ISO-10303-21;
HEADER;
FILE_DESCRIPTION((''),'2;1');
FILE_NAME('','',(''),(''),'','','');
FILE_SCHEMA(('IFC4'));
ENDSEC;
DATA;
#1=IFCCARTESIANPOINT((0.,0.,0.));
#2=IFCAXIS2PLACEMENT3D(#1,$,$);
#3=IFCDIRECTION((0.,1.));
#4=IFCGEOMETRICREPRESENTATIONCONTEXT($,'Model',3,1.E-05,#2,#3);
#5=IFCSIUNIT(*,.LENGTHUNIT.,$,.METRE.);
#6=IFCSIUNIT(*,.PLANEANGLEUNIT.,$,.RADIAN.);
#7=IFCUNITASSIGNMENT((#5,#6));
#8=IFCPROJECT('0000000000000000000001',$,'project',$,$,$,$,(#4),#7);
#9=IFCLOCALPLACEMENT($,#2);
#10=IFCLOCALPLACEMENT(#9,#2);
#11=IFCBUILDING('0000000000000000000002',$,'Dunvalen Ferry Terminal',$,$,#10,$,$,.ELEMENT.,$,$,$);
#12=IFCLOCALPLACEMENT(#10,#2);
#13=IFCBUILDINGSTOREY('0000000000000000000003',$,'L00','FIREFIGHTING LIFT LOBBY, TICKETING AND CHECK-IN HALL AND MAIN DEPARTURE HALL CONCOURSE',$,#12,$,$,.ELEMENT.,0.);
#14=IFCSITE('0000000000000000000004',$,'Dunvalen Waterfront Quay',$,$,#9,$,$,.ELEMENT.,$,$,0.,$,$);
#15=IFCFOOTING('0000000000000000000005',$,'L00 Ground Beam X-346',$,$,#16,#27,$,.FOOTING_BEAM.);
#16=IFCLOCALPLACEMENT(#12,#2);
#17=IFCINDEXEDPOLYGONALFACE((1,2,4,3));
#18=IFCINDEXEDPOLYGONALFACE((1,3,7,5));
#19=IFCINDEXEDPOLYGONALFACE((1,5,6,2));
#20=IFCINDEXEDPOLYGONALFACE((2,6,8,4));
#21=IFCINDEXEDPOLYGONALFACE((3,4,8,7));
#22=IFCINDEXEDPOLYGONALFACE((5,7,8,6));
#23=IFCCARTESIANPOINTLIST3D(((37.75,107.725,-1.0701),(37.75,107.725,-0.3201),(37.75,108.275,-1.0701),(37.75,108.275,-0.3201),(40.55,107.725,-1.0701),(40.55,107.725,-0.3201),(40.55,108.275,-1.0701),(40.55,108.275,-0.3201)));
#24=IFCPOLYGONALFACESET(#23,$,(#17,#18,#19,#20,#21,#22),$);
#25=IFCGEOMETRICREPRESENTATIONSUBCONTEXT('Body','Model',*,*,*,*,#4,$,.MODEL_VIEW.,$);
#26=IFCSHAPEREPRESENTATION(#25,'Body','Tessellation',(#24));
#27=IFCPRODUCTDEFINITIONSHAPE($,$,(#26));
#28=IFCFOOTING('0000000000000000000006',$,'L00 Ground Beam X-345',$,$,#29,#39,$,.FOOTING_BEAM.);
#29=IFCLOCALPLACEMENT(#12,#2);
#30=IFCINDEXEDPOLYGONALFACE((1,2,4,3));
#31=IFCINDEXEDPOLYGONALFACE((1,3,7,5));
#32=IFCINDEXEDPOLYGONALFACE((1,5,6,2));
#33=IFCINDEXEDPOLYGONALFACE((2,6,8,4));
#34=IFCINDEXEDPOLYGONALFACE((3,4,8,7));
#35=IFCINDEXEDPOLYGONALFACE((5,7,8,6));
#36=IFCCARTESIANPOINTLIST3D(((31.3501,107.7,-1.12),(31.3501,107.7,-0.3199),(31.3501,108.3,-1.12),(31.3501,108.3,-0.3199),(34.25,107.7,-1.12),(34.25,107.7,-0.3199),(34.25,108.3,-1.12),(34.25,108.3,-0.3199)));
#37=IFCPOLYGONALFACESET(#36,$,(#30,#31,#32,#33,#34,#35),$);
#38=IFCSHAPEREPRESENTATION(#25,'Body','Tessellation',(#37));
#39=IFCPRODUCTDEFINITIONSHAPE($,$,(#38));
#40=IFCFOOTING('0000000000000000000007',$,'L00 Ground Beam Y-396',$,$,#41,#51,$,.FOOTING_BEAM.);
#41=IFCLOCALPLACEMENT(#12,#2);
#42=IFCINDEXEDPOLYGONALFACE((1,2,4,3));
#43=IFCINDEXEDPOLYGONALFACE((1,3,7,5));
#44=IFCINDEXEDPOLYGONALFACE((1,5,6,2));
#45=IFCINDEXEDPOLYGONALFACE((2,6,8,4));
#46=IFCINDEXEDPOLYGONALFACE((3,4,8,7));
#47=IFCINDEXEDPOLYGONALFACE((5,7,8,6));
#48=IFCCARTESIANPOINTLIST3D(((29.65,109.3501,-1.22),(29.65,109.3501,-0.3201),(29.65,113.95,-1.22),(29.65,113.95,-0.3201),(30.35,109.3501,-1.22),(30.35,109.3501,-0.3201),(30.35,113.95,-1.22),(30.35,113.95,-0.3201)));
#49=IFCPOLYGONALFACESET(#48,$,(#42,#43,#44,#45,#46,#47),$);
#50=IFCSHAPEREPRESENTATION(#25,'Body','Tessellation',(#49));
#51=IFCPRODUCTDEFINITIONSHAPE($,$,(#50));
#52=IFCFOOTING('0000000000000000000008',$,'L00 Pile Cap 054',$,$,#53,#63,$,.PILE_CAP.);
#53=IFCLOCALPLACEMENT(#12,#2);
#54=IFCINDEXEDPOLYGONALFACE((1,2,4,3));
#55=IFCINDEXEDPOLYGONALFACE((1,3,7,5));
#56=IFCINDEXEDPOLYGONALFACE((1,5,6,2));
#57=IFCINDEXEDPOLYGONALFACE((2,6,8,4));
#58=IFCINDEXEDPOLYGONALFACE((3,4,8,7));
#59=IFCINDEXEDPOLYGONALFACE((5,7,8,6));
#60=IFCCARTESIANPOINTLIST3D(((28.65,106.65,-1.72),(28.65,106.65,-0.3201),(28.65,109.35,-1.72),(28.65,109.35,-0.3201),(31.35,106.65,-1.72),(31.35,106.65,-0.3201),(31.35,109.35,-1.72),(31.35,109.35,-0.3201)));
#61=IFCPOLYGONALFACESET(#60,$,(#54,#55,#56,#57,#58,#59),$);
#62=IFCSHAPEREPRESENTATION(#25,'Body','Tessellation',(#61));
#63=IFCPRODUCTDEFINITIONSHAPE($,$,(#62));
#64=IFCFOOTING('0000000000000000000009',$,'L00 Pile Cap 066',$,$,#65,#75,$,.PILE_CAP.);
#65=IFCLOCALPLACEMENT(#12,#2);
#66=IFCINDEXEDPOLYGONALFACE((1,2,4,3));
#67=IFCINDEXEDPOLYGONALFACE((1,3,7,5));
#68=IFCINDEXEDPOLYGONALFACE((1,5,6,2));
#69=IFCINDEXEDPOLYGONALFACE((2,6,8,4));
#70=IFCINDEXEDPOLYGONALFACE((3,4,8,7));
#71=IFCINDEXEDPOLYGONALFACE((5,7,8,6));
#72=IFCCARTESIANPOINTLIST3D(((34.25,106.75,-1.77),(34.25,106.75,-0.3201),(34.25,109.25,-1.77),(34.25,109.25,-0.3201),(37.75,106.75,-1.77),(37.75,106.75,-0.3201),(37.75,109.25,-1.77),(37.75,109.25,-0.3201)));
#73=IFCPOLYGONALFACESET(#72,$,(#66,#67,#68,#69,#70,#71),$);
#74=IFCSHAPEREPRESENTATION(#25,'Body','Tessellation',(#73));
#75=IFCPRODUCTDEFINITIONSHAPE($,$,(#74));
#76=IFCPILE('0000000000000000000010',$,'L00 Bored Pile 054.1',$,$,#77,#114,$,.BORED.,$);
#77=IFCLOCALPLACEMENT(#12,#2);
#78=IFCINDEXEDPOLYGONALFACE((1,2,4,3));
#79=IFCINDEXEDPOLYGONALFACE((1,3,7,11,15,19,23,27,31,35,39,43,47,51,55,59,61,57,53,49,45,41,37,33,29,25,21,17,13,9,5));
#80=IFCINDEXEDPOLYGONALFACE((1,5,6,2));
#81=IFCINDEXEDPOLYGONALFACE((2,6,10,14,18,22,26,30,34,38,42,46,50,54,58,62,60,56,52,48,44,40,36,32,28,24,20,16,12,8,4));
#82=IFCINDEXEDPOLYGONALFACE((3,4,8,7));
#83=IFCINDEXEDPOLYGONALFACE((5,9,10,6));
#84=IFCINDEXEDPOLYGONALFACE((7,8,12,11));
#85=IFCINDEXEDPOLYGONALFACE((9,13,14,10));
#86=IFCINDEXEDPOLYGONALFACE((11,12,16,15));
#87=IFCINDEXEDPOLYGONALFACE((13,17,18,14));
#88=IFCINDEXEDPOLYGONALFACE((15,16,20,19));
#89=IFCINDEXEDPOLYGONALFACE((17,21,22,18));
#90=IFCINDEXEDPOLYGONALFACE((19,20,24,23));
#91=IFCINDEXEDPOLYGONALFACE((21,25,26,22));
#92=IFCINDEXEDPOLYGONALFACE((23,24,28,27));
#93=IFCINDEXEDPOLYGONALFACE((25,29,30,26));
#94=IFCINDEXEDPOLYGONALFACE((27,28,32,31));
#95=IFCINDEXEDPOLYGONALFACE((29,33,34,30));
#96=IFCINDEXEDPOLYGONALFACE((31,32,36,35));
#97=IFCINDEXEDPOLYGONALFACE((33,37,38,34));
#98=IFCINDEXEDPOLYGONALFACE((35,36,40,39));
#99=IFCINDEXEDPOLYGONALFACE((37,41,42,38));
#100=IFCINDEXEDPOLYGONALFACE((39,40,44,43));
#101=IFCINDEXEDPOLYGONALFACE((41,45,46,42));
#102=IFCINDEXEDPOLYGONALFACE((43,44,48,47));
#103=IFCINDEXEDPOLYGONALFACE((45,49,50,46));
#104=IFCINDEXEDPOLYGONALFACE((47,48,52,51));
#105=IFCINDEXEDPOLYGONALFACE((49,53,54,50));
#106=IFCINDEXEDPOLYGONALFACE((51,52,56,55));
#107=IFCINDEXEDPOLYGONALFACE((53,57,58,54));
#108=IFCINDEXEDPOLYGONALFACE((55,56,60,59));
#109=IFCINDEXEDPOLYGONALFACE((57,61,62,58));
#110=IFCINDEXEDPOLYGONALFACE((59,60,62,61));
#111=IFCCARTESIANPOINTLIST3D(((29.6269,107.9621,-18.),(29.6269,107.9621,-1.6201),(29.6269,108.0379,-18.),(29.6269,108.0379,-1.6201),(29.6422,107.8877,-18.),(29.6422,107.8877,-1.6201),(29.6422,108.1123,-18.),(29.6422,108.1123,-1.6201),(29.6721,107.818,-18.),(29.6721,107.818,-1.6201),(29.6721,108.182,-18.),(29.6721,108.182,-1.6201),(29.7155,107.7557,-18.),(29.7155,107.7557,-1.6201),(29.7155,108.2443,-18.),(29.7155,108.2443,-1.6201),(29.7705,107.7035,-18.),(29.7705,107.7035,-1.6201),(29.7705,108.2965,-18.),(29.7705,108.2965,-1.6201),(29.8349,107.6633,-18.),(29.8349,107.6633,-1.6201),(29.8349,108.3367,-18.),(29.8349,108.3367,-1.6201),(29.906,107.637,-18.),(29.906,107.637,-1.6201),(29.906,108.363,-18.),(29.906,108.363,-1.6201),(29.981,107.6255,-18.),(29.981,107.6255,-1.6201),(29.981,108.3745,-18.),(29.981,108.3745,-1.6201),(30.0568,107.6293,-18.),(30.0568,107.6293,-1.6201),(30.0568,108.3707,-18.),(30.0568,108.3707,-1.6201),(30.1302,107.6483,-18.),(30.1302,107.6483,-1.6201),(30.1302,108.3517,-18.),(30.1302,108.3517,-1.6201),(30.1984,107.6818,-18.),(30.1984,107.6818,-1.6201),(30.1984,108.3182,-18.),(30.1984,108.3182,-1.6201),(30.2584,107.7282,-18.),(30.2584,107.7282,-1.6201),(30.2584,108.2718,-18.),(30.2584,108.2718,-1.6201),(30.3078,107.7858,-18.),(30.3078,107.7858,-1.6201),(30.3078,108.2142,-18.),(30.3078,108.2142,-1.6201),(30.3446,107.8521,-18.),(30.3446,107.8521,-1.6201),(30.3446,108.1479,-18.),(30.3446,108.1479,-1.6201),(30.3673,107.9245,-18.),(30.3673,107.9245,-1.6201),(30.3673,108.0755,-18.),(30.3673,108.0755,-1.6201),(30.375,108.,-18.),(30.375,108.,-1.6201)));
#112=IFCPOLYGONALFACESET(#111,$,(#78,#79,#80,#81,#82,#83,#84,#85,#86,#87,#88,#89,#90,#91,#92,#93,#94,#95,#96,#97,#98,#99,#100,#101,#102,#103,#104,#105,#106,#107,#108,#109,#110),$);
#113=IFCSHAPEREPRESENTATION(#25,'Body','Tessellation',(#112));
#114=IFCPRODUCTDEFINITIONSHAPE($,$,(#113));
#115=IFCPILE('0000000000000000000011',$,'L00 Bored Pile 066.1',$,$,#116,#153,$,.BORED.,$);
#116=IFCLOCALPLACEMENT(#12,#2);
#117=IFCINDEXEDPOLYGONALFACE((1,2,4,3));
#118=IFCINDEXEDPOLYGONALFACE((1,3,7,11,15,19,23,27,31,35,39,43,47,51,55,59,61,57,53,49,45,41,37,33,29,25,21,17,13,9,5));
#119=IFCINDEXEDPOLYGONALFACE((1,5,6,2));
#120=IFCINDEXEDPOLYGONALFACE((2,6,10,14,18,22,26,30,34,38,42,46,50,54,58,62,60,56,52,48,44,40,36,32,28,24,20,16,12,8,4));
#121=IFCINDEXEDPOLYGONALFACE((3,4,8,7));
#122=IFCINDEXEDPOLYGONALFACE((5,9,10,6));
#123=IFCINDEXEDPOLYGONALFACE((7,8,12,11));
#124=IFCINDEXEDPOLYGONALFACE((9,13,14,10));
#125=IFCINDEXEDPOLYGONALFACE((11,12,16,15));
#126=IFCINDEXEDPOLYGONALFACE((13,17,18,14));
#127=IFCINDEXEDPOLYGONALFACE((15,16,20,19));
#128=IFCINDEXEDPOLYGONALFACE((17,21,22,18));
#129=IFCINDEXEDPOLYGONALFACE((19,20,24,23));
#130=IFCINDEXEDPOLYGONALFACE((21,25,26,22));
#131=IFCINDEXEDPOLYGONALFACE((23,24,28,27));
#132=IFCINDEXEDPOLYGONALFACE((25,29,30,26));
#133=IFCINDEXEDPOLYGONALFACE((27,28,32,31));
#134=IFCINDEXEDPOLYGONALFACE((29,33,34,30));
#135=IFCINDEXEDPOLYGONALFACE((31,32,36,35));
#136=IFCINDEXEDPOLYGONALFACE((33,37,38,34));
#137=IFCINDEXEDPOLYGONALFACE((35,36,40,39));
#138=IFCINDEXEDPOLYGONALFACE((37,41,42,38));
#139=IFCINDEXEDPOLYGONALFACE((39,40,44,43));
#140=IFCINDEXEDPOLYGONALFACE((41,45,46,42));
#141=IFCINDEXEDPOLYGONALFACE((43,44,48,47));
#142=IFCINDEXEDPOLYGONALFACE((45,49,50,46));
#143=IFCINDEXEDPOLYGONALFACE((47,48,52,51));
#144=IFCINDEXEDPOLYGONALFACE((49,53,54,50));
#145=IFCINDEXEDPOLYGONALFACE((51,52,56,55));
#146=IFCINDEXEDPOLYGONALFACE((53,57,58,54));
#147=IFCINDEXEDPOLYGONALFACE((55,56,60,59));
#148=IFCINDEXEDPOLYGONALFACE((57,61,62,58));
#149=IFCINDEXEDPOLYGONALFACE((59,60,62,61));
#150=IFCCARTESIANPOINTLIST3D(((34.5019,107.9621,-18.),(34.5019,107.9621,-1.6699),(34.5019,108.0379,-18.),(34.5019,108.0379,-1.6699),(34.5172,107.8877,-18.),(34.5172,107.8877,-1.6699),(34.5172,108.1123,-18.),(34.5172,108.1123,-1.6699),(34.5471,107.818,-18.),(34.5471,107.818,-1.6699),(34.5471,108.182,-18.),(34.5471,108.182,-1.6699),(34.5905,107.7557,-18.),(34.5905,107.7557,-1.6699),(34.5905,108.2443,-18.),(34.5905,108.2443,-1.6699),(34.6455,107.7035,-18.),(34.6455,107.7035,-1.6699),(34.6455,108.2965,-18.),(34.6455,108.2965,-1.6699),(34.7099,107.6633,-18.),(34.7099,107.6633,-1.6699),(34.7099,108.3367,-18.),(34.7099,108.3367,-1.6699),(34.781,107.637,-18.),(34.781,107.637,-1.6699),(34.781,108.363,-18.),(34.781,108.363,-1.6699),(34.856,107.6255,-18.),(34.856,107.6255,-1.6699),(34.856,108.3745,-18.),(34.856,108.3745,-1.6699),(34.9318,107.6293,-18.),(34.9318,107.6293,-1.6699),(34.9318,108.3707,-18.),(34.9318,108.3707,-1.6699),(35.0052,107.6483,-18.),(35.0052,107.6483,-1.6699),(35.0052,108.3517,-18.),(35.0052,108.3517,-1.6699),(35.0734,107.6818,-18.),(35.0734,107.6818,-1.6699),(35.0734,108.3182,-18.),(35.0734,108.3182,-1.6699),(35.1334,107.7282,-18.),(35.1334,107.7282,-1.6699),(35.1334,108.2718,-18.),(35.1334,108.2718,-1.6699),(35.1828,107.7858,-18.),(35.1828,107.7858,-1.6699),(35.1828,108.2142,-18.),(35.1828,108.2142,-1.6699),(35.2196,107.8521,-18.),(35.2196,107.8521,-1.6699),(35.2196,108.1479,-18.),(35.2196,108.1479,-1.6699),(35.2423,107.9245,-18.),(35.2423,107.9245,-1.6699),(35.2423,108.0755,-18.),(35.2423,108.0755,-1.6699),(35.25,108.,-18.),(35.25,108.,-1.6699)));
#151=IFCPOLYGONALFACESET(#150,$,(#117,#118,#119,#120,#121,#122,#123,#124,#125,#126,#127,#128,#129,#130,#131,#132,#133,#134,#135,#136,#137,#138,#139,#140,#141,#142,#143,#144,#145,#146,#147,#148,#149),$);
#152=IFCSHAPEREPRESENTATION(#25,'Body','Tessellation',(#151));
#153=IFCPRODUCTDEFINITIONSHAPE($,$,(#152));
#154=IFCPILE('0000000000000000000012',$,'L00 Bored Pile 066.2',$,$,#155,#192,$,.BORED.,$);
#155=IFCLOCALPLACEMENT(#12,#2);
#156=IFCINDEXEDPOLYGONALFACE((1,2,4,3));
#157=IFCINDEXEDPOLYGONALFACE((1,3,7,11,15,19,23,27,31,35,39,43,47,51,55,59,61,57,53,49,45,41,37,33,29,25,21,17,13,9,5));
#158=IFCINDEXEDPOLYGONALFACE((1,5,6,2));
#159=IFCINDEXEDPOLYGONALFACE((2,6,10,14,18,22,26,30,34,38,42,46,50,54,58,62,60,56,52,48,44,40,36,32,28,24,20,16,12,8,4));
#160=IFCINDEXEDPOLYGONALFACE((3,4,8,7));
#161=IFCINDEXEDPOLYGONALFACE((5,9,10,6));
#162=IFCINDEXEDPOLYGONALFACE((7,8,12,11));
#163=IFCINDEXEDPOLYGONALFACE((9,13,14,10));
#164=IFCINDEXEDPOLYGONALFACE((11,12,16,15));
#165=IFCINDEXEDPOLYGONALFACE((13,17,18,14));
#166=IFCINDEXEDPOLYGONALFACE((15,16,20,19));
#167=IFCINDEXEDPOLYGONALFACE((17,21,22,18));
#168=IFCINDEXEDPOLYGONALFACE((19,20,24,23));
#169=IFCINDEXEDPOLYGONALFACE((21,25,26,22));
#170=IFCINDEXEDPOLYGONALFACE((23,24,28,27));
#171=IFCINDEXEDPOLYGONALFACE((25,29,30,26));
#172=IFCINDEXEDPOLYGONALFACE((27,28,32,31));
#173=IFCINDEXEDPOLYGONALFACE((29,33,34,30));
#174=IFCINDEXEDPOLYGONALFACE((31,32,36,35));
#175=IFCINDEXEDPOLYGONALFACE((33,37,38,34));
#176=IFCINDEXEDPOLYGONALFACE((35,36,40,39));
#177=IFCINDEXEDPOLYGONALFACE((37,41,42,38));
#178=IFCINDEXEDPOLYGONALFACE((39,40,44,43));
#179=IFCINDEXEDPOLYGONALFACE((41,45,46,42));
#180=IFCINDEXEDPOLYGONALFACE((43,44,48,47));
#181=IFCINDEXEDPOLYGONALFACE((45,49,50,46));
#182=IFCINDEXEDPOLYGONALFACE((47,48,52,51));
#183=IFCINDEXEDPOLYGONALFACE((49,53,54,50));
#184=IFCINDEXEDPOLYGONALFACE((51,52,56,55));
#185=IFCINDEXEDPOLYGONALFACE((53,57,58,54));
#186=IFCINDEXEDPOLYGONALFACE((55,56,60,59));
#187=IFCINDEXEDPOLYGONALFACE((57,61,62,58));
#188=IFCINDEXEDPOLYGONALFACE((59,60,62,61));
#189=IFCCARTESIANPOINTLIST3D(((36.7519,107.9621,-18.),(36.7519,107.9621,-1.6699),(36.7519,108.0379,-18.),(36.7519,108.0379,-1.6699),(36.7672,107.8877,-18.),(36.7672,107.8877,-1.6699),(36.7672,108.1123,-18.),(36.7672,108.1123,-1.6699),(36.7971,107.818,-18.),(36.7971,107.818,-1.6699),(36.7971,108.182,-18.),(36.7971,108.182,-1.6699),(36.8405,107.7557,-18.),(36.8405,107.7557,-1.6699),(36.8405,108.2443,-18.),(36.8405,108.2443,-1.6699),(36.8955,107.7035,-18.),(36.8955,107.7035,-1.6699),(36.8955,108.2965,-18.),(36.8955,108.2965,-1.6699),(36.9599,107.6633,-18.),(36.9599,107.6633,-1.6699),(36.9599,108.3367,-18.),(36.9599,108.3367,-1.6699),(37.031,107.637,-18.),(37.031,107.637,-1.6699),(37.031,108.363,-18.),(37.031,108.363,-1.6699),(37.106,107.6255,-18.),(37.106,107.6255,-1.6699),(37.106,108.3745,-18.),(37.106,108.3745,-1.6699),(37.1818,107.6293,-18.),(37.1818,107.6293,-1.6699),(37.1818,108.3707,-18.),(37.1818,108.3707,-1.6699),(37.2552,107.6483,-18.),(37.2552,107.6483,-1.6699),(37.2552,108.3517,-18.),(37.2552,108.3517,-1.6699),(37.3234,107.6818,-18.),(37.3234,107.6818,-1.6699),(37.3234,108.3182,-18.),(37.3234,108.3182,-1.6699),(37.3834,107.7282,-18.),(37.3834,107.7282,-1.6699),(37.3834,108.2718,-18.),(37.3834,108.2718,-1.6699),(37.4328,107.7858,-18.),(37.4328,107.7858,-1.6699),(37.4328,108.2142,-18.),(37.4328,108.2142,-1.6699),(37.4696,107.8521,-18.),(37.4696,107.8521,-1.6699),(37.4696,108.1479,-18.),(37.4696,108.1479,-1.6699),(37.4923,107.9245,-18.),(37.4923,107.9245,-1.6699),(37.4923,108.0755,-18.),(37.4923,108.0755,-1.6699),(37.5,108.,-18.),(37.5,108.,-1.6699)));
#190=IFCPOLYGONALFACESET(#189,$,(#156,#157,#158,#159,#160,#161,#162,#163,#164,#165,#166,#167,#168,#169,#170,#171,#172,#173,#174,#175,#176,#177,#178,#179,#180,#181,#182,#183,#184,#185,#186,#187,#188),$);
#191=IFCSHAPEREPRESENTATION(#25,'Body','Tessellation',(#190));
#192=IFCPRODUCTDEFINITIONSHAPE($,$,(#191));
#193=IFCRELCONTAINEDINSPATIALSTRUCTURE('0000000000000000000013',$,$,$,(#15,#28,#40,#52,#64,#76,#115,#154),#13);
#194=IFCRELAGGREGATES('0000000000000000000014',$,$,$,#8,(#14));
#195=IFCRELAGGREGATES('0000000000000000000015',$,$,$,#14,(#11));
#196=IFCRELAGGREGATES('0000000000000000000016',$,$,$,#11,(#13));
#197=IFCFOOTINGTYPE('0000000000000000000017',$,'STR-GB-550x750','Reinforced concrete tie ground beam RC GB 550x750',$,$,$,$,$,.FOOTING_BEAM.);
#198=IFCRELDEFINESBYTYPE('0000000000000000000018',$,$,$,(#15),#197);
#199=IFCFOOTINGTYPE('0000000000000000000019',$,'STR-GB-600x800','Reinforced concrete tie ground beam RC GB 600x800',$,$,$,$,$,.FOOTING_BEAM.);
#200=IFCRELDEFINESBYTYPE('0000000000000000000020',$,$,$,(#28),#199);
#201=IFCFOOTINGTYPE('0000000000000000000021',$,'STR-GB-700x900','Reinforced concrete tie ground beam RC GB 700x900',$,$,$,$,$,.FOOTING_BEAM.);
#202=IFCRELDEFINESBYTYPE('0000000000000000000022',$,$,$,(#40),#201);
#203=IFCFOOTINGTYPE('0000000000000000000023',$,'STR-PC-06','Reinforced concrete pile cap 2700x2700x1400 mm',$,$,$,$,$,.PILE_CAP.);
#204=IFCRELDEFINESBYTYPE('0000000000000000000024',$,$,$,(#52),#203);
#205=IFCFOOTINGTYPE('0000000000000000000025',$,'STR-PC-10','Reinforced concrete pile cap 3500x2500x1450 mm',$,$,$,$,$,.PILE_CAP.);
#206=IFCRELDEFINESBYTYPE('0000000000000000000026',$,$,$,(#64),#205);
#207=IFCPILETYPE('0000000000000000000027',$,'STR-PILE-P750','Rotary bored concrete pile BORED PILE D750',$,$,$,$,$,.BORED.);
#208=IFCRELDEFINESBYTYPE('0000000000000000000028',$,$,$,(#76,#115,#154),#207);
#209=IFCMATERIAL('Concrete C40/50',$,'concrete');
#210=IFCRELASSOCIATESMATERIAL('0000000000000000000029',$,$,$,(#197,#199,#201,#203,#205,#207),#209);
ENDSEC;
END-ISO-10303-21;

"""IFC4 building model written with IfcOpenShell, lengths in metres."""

from ifc_helpers import new_model, si_unit, direction, frame, origin, origin_2d, place, context, subcontext, project, spatial, rectangle, circle, extrude, material, material_profile, profile_set, type_object, element, save


model = new_model("IFC4")

# Units and contexts
model_context = context("Model", 3, precision=1e-05, world=origin(), true_north=direction((0.0, 1.0)))
body_context = subcontext(model_context, "Body", "Model", "MODEL_VIEW")
ifc_project = project(units=[si_unit("LENGTHUNIT", "METRE"), si_unit("PLANEANGLEUNIT", "RADIAN")], contexts=[model_context])

# Site, building, storey
site_placement = place(None, origin())
site = spatial("IfcSite", under=ifc_project, at=site_placement, Name="Dunvalen Waterfront Quay", CompositionType="ELEMENT", RefElevation=0.0)
building_placement = place(site_placement, origin())
building = spatial("IfcBuilding", under=site, at=building_placement, Name="Dunvalen Ferry Terminal", CompositionType="ELEMENT")
storey_placement = place(building_placement, origin())
storey = spatial("IfcBuildingStorey", under=building, at=storey_placement, Name="L00", Description="FIREFIGHTING LIFT LOBBY, TICKETING AND CHECK-IN HALL AND MAIN DEPARTURE HALL CONCOURSE", CompositionType="ELEMENT", Elevation=0.0)

# Footings
ifc_material_1 = material(Name="Concrete C40/50", Category="concrete")
ifc_material_profile_1 = material_profile(ifc_material_1, rectangle(XDim=0.55, YDim=0.75, at=origin_2d()), Name="Concrete C40/50")
ifc_profile_set_1 = profile_set([ifc_material_profile_1], Name="Concrete C40/50")
footing_type_1 = type_object("IfcFootingType", Name="STR-GB-550x750", Description="Reinforced concrete tie ground beam RC GB 550x750", PredefinedType="FOOTING_BEAM", material=ifc_profile_set_1)
footing_1_placement = place(storey_placement, frame((37.75, 108.0, -0.6951), z_axis=(1.0, 0.0, 0.0), x_axis=(0.0, 1.0, 0.0)))
element("IfcFooting", 1, at=footing_1_placement, inside=storey, type_object=footing_type_1, Name="L00 Ground Beam X-346", PredefinedType="FOOTING_BEAM", context=body_context, shape_type="SweptSolid", body=[
    extrude(rectangle(XDim=0.55, YDim=0.75, at=origin_2d()), origin(), (0.0, 0.0, 1.0), 2.8),
])
ifc_material_profile_2 = material_profile(ifc_material_1, rectangle(XDim=0.6001, YDim=0.8, at=origin_2d()), Name="Concrete C40/50")
ifc_profile_set_2 = profile_set([ifc_material_profile_2], Name="Concrete C40/50")
footing_type_2 = type_object("IfcFootingType", Name="STR-GB-600x800", Description="Reinforced concrete tie ground beam RC GB 600x800", PredefinedType="FOOTING_BEAM", material=ifc_profile_set_2)
footing_2_placement = place(storey_placement, frame((31.3501, 108.0, -0.72), z_axis=(1.0, 0.0, 0.0), x_axis=(0.0, 1.0, 0.0)))
element("IfcFooting", 2, at=footing_2_placement, inside=storey, type_object=footing_type_2, Name="L00 Ground Beam X-345", PredefinedType="FOOTING_BEAM", context=body_context, shape_type="SweptSolid", body=[
    extrude(rectangle(XDim=0.6001, YDim=0.8, at=origin_2d()), origin(), (0.0, 0.0, 1.0), 2.8999),
])
ifc_material_profile_3 = material_profile(ifc_material_1, rectangle(XDim=0.7, YDim=0.8999, at=origin_2d()), Name="Concrete C40/50")
ifc_profile_set_3 = profile_set([ifc_material_profile_3], Name="Concrete C40/50")
footing_type_3 = type_object("IfcFootingType", Name="STR-GB-700x900", Description="Reinforced concrete tie ground beam RC GB 700x900", PredefinedType="FOOTING_BEAM", material=ifc_profile_set_3)
footing_3_placement = place(storey_placement, frame((30.0, 109.3501, -0.77), z_axis=(0.0, 1.0, 0.0), x_axis=(-1.0, 0.0, 0.0)))
element("IfcFooting", 3, at=footing_3_placement, inside=storey, type_object=footing_type_3, Name="L00 Ground Beam Y-396", PredefinedType="FOOTING_BEAM", context=body_context, shape_type="SweptSolid", body=[
    extrude(rectangle(XDim=0.7, YDim=0.8999, at=origin_2d()), origin(), (0.0, 0.0, 1.0), 4.5999),
])
footing_type_4 = type_object("IfcFootingType", Name="STR-PC-06", Description="Reinforced concrete pile cap 2700x2700x1400 mm", PredefinedType="PILE_CAP", material=ifc_material_1)
footing_4_placement = place(storey_placement, frame((30.0, 108.0, -1.72), z_axis=(0.0, 0.0, 1.0), x_axis=(1.0, 0.0, 0.0)))
element("IfcFooting", 4, at=footing_4_placement, inside=storey, type_object=footing_type_4, Name="L00 Pile Cap 054", PredefinedType="PILE_CAP", context=body_context, shape_type="SweptSolid", body=[
    extrude(rectangle(XDim=2.7, YDim=2.7, at=origin_2d()), origin(), (0.0, 0.0, 1.0), 1.3999),
])
footing_type_5 = type_object("IfcFootingType", Name="STR-PC-10", Description="Reinforced concrete pile cap 3500x2500x1450 mm", PredefinedType="PILE_CAP", material=ifc_material_1)
footing_5_placement = place(storey_placement, frame((36.0, 108.0, -1.77), z_axis=(0.0, 0.0, 1.0), x_axis=(1.0, 0.0, 0.0)))
element("IfcFooting", 5, at=footing_5_placement, inside=storey, type_object=footing_type_5, Name="L00 Pile Cap 066", PredefinedType="PILE_CAP", context=body_context, shape_type="SweptSolid", body=[
    extrude(rectangle(XDim=3.5, YDim=2.5, at=origin_2d()), origin(), (0.0, 0.0, 1.0), 1.45),
])

# Piles
ifc_material_profile_4 = material_profile(ifc_material_1, circle(Radius=0.375, at=origin_2d()), Name="Concrete C40/50")
ifc_profile_set_4 = profile_set([ifc_material_profile_4], Name="Concrete C40/50")
pile_type_1 = type_object("IfcPileType", Name="STR-PILE-P750", Description="Rotary bored concrete pile BORED PILE D750", PredefinedType="BORED", material=ifc_profile_set_4)
pile_placement = place(storey_placement, frame((30.0, 108.0, -1.6201), z_axis=(0.0, 0.0, -1.0), x_axis=(1.0, 0.0, 0.0)))
element("IfcPile", 6, at=pile_placement, inside=storey, type_object=pile_type_1, Name="L00 Bored Pile 054.1", PredefinedType="BORED", context=body_context, shape_type="SweptSolid", body=[
    extrude(circle(Radius=0.375, at=origin_2d()), origin(), (0.0, 0.0, 1.0), 16.3799),
])
for number, where, z_axis, x_axis, name in (
    (7, (34.875, 108.0, -1.6699), (0.0, 0.0, -1.0), (1.0, 0.0, 0.0), "L00 Bored Pile 066.1"),
    (8, (37.125, 108.0, -1.6699), (0.0, 0.0, -1.0), (1.0, 0.0, 0.0), "L00 Bored Pile 066.2"),
):
    element("IfcPile", number, at=place(storey_placement, frame(where, z_axis=z_axis, x_axis=x_axis)), inside=storey, type_object=pile_type_1, Name=name, PredefinedType="BORED", context=body_context, shape_type="SweptSolid", body=[
        extrude(circle(Radius=0.375, at=origin_2d()), origin(), (0.0, 0.0, 1.0), 16.3301),
    ])

save(model, "model.ifc")
